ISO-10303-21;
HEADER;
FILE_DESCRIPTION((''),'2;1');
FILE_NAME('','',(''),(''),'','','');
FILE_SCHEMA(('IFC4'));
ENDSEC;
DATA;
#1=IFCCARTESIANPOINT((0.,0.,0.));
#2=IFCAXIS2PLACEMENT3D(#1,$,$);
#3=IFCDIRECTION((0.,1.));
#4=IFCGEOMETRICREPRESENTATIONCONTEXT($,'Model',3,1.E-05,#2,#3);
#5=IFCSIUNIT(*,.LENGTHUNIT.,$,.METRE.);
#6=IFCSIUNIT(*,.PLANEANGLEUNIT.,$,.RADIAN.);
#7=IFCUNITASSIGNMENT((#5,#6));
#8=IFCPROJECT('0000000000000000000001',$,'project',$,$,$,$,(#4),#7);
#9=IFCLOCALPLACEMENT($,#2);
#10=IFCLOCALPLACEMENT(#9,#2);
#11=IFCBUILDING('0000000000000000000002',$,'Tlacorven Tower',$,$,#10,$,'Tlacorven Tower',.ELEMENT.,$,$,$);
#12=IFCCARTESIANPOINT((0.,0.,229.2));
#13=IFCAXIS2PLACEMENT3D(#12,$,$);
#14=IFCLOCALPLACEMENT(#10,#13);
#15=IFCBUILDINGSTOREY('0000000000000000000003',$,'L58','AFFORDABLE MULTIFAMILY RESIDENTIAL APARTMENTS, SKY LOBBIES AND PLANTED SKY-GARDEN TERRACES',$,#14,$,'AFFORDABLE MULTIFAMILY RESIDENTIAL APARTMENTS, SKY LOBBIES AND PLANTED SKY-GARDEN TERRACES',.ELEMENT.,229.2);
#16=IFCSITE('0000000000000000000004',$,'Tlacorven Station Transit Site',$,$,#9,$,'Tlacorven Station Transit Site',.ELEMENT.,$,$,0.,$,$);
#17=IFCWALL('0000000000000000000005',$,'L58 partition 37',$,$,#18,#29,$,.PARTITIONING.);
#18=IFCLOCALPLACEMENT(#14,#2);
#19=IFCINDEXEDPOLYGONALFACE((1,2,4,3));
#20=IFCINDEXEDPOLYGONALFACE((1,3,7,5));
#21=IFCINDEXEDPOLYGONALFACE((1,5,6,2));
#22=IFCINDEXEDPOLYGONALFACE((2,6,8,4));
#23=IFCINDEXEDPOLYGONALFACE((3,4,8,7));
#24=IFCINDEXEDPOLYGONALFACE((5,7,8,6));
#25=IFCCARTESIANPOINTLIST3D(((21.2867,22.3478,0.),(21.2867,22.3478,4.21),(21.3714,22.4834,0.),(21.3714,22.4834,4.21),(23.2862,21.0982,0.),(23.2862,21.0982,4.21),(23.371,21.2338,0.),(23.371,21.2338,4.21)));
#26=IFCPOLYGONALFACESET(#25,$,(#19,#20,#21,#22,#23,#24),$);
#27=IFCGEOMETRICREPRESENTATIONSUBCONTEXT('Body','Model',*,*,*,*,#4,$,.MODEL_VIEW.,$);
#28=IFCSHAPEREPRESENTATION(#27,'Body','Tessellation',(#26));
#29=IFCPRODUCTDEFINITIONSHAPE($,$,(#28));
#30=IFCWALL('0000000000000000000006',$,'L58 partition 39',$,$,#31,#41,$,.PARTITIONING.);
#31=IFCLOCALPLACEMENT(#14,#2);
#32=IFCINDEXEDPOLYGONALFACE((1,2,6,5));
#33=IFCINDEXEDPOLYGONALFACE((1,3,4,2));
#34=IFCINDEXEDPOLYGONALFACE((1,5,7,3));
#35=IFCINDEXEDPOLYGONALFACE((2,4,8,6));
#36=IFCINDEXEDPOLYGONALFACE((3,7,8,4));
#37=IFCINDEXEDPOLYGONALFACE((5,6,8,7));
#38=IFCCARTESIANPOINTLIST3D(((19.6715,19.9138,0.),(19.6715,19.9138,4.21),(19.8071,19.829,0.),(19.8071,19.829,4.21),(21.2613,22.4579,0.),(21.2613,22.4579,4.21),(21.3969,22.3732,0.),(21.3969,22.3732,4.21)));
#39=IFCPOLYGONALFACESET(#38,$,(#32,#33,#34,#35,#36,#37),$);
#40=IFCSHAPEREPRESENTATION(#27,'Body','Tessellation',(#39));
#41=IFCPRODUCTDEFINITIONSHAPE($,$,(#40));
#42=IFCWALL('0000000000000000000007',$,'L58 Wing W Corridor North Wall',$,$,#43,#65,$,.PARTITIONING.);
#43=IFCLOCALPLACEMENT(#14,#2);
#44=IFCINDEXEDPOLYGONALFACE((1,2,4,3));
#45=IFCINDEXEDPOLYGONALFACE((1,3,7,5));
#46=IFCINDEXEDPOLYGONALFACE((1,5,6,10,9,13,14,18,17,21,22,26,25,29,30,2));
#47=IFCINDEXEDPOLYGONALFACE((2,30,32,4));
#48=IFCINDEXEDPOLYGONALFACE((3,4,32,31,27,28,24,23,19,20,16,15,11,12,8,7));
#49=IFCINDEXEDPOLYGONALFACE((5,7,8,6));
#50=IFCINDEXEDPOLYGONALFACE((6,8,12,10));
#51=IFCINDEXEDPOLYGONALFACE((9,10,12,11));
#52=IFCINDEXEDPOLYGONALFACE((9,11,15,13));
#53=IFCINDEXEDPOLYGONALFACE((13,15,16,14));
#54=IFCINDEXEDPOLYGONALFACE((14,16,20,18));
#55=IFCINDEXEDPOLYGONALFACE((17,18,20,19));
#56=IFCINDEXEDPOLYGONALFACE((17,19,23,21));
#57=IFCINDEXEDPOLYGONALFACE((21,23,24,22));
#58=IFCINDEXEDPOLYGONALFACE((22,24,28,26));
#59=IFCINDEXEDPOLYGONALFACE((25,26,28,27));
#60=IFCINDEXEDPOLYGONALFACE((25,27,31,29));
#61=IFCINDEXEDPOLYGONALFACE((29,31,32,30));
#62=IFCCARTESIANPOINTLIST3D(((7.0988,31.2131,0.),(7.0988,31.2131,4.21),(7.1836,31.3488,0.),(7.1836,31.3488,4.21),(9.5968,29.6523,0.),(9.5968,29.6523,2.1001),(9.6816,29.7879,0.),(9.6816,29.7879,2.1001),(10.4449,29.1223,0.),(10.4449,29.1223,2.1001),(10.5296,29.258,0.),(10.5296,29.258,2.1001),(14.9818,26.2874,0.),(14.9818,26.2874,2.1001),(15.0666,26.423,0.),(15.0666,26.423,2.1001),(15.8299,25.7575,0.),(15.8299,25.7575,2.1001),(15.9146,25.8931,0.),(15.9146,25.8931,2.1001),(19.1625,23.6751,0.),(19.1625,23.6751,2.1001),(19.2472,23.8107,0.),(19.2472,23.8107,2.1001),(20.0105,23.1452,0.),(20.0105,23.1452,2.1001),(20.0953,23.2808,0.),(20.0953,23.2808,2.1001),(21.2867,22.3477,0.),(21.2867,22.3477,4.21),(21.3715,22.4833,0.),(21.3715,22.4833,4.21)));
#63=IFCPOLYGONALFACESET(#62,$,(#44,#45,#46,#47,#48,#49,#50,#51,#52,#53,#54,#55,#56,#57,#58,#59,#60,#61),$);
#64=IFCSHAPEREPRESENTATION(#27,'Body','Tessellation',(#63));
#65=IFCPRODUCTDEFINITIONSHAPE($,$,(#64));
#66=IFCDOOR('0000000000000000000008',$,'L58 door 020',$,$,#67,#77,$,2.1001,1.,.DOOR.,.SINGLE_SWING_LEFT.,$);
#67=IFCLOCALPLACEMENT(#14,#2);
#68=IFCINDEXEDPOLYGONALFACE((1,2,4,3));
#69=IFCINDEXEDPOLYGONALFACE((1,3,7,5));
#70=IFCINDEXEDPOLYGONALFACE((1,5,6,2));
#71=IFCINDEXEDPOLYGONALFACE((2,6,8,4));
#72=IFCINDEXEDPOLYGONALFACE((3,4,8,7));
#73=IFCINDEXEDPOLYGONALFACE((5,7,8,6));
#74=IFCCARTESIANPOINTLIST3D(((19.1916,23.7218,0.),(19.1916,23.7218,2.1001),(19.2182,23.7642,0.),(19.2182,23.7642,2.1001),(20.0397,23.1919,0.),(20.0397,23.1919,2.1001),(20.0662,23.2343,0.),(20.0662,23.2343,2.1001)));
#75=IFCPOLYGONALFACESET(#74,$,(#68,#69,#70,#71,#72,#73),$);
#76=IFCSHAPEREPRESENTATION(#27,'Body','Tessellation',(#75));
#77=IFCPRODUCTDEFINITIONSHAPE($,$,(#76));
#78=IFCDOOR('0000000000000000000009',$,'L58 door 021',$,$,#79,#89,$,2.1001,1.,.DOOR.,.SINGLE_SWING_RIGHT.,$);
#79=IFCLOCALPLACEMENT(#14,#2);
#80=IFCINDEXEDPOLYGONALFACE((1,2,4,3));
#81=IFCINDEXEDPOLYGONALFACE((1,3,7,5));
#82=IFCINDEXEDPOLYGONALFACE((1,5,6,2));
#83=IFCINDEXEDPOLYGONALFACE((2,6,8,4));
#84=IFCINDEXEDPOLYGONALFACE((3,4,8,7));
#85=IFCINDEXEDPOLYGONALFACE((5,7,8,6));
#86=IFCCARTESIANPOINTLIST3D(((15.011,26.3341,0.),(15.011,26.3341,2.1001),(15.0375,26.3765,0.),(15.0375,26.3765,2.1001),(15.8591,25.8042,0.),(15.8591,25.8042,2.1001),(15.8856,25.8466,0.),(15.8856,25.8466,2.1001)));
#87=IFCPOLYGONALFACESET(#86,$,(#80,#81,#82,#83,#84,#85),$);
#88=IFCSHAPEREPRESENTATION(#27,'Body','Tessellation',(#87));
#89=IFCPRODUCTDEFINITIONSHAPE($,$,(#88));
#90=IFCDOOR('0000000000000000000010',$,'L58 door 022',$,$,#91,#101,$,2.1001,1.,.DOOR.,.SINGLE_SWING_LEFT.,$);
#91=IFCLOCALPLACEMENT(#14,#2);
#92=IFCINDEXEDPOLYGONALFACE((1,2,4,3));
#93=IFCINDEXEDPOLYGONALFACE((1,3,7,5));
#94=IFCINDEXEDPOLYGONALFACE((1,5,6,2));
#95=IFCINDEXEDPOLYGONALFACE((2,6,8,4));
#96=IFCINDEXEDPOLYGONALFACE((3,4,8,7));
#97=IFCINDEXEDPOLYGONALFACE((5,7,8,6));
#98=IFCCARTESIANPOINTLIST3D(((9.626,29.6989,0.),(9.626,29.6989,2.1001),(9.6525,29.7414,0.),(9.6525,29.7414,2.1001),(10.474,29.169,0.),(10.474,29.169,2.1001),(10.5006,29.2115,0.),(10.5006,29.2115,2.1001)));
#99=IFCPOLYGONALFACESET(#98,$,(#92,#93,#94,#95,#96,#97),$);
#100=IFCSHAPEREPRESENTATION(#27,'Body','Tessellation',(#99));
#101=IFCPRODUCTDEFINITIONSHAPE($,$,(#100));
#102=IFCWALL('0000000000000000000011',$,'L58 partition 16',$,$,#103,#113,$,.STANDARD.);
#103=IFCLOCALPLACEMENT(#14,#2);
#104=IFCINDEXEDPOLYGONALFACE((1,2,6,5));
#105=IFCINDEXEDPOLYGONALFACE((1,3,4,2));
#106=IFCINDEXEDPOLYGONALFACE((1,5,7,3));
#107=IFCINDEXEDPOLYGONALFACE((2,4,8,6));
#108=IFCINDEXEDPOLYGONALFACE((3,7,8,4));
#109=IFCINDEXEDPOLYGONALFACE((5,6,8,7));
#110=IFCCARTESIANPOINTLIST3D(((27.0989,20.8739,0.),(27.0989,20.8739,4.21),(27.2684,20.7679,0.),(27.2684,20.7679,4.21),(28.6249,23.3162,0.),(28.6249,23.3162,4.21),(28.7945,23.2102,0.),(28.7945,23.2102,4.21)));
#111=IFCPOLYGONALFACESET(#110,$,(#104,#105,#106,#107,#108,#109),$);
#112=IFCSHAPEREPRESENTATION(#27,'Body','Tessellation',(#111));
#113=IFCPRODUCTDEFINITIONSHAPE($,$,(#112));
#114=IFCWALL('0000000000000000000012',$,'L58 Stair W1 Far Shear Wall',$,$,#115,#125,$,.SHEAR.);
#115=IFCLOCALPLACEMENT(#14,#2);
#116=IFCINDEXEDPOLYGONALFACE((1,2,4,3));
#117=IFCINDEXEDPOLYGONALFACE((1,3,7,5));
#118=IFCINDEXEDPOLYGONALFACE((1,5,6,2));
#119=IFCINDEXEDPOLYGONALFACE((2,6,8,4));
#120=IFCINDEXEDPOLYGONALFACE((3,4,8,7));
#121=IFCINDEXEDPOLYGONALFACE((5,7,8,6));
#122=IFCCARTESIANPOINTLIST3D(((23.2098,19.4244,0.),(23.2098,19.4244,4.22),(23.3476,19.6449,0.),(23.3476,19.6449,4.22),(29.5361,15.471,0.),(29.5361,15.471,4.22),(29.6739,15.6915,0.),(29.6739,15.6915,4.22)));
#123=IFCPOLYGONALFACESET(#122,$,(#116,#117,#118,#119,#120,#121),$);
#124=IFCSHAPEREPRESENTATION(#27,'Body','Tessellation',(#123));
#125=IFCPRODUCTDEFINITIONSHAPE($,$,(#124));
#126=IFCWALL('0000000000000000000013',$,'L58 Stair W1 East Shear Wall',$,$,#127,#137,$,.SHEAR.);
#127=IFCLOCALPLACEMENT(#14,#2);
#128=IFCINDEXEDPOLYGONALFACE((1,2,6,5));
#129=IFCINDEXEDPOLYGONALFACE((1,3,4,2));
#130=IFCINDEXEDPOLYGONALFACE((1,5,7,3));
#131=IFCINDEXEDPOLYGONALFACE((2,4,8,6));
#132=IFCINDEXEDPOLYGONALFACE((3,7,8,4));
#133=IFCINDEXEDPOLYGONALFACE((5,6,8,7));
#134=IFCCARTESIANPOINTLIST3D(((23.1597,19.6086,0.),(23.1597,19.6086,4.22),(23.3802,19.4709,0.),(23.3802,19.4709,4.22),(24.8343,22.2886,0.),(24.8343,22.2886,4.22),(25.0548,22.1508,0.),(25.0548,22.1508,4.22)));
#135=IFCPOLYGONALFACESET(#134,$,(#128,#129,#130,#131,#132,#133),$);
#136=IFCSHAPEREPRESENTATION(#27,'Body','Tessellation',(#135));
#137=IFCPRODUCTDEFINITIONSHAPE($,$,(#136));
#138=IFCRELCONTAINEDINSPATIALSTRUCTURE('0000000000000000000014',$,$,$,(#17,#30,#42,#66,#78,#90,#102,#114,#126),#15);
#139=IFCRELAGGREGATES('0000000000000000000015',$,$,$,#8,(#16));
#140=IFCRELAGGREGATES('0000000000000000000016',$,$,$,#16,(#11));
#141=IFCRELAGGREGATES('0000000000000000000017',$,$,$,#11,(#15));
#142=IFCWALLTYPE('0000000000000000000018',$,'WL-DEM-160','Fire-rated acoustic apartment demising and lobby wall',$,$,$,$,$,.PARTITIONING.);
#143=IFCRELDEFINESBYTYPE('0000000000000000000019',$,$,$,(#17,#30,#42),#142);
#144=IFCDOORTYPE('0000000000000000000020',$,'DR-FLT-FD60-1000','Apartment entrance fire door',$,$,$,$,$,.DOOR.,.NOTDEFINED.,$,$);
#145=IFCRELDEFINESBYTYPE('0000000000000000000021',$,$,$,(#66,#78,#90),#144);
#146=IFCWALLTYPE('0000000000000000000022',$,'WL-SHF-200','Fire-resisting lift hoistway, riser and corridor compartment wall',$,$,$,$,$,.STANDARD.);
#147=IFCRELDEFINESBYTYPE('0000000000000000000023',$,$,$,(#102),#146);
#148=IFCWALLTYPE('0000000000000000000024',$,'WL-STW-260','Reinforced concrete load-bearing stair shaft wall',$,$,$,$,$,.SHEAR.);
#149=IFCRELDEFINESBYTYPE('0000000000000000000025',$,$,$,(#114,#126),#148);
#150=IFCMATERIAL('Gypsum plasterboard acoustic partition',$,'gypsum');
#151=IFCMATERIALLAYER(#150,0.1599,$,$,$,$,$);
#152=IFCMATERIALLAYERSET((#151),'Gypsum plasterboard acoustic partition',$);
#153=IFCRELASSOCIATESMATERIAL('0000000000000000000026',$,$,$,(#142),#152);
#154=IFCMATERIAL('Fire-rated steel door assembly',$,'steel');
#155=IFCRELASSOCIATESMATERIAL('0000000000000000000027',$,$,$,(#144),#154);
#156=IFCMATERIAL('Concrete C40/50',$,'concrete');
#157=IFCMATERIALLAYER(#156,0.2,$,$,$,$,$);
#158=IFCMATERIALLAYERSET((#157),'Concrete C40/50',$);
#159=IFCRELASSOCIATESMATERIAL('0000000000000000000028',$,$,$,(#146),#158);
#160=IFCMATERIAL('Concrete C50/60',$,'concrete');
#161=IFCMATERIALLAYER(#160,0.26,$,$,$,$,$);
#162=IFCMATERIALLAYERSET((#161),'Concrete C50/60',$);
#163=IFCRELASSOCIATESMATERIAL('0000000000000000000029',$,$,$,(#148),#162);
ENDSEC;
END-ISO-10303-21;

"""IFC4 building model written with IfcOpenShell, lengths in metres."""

from ifc_helpers import new_model, si_unit, direction, frame, frame_2d, origin, place, context, subcontext, project, spatial, rectangle, extrude, source, transform, mapped, material, layer, layer_set, type_object, element, fill, save


model = new_model("IFC4")

# Units and contexts
model_context = context("Model", 3, precision=1e-05, world=origin(), true_north=direction((0.0, 1.0)))
body_context = subcontext(model_context, "Body", "Model", "MODEL_VIEW")
ifc_project = project(units=[si_unit("LENGTHUNIT", "METRE"), si_unit("PLANEANGLEUNIT", "RADIAN")], contexts=[model_context])

# Site, building, storey
site_placement = place(None, origin())
site = spatial("IfcSite", under=ifc_project, at=site_placement, Name="Tlacorven Station Transit Site", LongName="Tlacorven Station Transit Site", CompositionType="ELEMENT", RefElevation=0.0)
building_placement = place(site_placement, origin())
building = spatial("IfcBuilding", under=site, at=building_placement, Name="Tlacorven Tower", LongName="Tlacorven Tower", CompositionType="ELEMENT")
storey_placement = place(building_placement, frame((0.0, 0.0, 229.2)))
storey = spatial("IfcBuildingStorey", under=building, at=storey_placement, Name="L58", Description="AFFORDABLE MULTIFAMILY RESIDENTIAL APARTMENTS, SKY LOBBIES AND PLANTED SKY-GARDEN TERRACES", LongName="AFFORDABLE MULTIFAMILY RESIDENTIAL APARTMENTS, SKY LOBBIES AND PLANTED SKY-GARDEN TERRACES", CompositionType="ELEMENT", Elevation=229.2)

# Walls
ifc_material_1 = material(Name="Gypsum plasterboard acoustic partition", Category="gypsum")
ifc_layer_1 = layer(ifc_material_1, 0.1599)
ifc_layer_set_1 = layer_set([ifc_layer_1], Name="Gypsum plasterboard acoustic partition")
wall_type_1 = type_object("IfcWallType", Name="WL-DEM-160", Description="Fire-rated acoustic apartment demising and lobby wall", PredefinedType="PARTITIONING", material=ifc_layer_set_1)
wall_1_placement = place(storey_placement, frame((23.3286, 21.166, 0.0), z_axis=(0.0, 0.0, 1.0), x_axis=(-0.848033, 0.529943, 0.0)))
element("IfcWall", 1, at=wall_1_placement, inside=storey, type_object=wall_type_1, Name="L58 partition 37", PredefinedType="PARTITIONING", context=body_context, shape_type="SweptSolid", body=[
    extrude(rectangle(XDim=2.3579, YDim=0.1599, at=frame_2d((1.179, 0.0))), origin(), (0.0, 0.0, 1.0), 4.21),
])
wall_2_placement = place(storey_placement, frame((21.3291, 22.4155, 0.0), z_axis=(0.0, 0.0, 1.0), x_axis=(-0.529933, -0.848039, 0.0)))
element("IfcWall", 2, at=wall_2_placement, inside=storey, type_object=wall_type_1, Name="L58 partition 39", PredefinedType="PARTITIONING", context=body_context, shape_type="SweptSolid", body=[
    extrude(rectangle(XDim=3.0, YDim=0.1599, at=frame_2d((1.5, 0.0))), origin(), (0.0, 0.0, 1.0), 4.21),
])

# Wall, openings, doors
wall_3_placement = place(storey_placement, frame((21.3291, 22.4155, 0.0), z_axis=(0.0, 0.0, 1.0), x_axis=(-0.848052, 0.529912, 0.0)))
wall_3 = element("IfcWall", 3, at=wall_3_placement, inside=storey, type_object=wall_type_1, Name="L58 Wing W Corridor North Wall", PredefinedType="PARTITIONING", context=body_context, shape_type="SweptSolid", body=[
    extrude(rectangle(XDim=16.73, YDim=0.1599, at=frame_2d((8.365, 0.0))), origin(), (0.0, 0.0, 1.0), 4.21),
])
opening_1_placement = place(wall_3_placement, frame((1.5049, 0.0, 0.0)))
opening_1 = element("IfcOpeningElement", 4, at=opening_1_placement, cuts=wall_3, PredefinedType="OPENING", context=body_context, shape_type="SweptSolid", body=[
    extrude(rectangle(XDim=1.0, YDim=2.1001, at=frame_2d((0.5, 1.05))), frame((0.0, 0.0898, 0.0), z_axis=(0.0, -1.0, 0.0), x_axis=(1.0, 0.0, 0.0)), (0.0, 0.0, 1.0), 0.1799),
])
opening_2_placement = place(wall_3_placement, frame((6.4346, 0.0, 0.0)))
opening_2 = element("IfcOpeningElement", 5, at=opening_2_placement, cuts=wall_3, PredefinedType="OPENING", context=body_context, shape_type="SweptSolid", body=[
    extrude(rectangle(XDim=1.0, YDim=2.1001, at=frame_2d((0.5, 1.05))), frame((0.0, 0.0898, 0.0), z_axis=(0.0, -1.0, 0.0), x_axis=(1.0, 0.0, 0.0)), (0.0, 0.0, 1.0), 0.1799),
])
opening_3_placement = place(wall_3_placement, frame((12.7844, 0.0, 0.0)))
opening_3 = element("IfcOpeningElement", 6, at=opening_3_placement, cuts=wall_3, PredefinedType="OPENING", context=body_context, shape_type="SweptSolid", body=[
    extrude(rectangle(XDim=1.0, YDim=2.1001, at=frame_2d((0.5, 1.05))), frame((0.0, 0.0898, 0.0), z_axis=(0.0, -1.0, 0.0), x_axis=(1.0, 0.0, 0.0)), (0.0, 0.0, 1.0), 0.1799),
])
ifc_material_2 = material(Name="Fire-rated steel door assembly", Category="steel")
door_type = type_object("IfcDoorType", Name="DR-FLT-FD60-1000", Description="Apartment entrance fire door", OperationType="NOTDEFINED", PredefinedType="DOOR", material=ifc_material_2)
shared_shape_1 = source(origin(), body_context, "Body", "SweptSolid", [
    extrude(rectangle(XDim=1.0, YDim=2.1001, at=frame_2d((0.5, 1.05))), frame((0.0, 0.0249, 0.0), z_axis=(0.0, -1.0, 0.0), x_axis=(1.0, 0.0, 0.0)), (0.0, 0.0, 1.0), 0.05),
])
door_1_placement = place(opening_1_placement, origin())
door_1 = element("IfcDoor", 7, at=door_1_placement, inside=storey, type_object=door_type, Name="L58 door 020", OperationType="SINGLE_SWING_LEFT", OverallHeight=2.1001, OverallWidth=1.0, PredefinedType="DOOR", context=body_context, shape_type="MappedRepresentation", body=[
    mapped(shared_shape_1, transform((0.0, 0.0, 0.0), scale=1.0)),
])
fill(opening_1, door_1)
door_2_placement = place(opening_2_placement, origin())
door_2 = element("IfcDoor", 8, at=door_2_placement, inside=storey, type_object=door_type, Name="L58 door 021", OperationType="SINGLE_SWING_RIGHT", OverallHeight=2.1001, OverallWidth=1.0, PredefinedType="DOOR", context=body_context, shape_type="MappedRepresentation", body=[
    mapped(shared_shape_1, transform((0.0, 0.0, 0.0), scale=1.0)),
])
fill(opening_2, door_2)
door_3_placement = place(opening_3_placement, origin())
door_3 = element("IfcDoor", 9, at=door_3_placement, inside=storey, type_object=door_type, Name="L58 door 022", OperationType="SINGLE_SWING_LEFT", OverallHeight=2.1001, OverallWidth=1.0, PredefinedType="DOOR", context=body_context, shape_type="MappedRepresentation", body=[
    mapped(shared_shape_1, transform((0.0, 0.0, 0.0), scale=1.0)),
])
fill(opening_3, door_3)

# Walls
ifc_material_3 = material(Name="Concrete C40/50", Category="concrete")
ifc_layer_2 = layer(ifc_material_3, 0.2)
ifc_layer_set_2 = layer_set([ifc_layer_2], Name="Concrete C40/50")
wall_type_2 = type_object("IfcWallType", Name="WL-SHF-200", Description="Fire-resisting lift hoistway, riser and corridor compartment wall", PredefinedType="STANDARD", material=ifc_layer_set_2)
wall_4_placement = place(storey_placement, frame((28.7097, 23.2632, 0.0), z_axis=(0.0, 0.0, 1.0), x_axis=(-0.529907, -0.848055, 0.0)))
element("IfcWall", 10, at=wall_4_placement, inside=storey, type_object=wall_type_2, Name="L58 partition 16", PredefinedType="STANDARD", context=body_context, shape_type="SweptSolid", body=[
    extrude(rectangle(XDim=2.8799, YDim=0.2, at=frame_2d((1.4399, 0.0))), origin(), (0.0, 0.0, 1.0), 4.21),
])
ifc_material_4 = material(Name="Concrete C50/60", Category="concrete")
ifc_layer_3 = layer(ifc_material_4, 0.26)
ifc_layer_set_3 = layer_set([ifc_layer_3], Name="Concrete C50/60")
wall_type_3 = type_object("IfcWallType", Name="WL-STW-260", Description="Reinforced concrete load-bearing stair shaft wall", PredefinedType="SHEAR", material=ifc_layer_set_3)
wall_5_placement = place(storey_placement, frame((29.605, 15.5813, 0.0), z_axis=(0.0, 0.0, 1.0), x_axis=(-0.848037, 0.529937, 0.0)))
element("IfcWall", 11, at=wall_5_placement, inside=storey, type_object=wall_type_3, Name="L58 Stair W1 Far Shear Wall", PredefinedType="SHEAR", context=body_context, shape_type="SweptSolid", body=[
    extrude(rectangle(XDim=7.46, YDim=0.26, at=frame_2d((3.73, 0.0))), origin(), (0.0, 0.0, 1.0), 4.22),
])
wall_6_placement = place(storey_placement, frame((24.9446, 22.2197, 0.0), z_axis=(0.0, 0.0, 1.0), x_axis=(-0.529909, -0.848055, 0.0)))
element("IfcWall", 12, at=wall_6_placement, inside=storey, type_object=wall_type_3, Name="L58 Stair W1 East Shear Wall", PredefinedType="SHEAR", context=body_context, shape_type="SweptSolid", body=[
    extrude(rectangle(XDim=3.1602, YDim=0.26, at=frame_2d((1.5801, 0.0))), origin(), (0.0, 0.0, 1.0), 4.22),
])

save(model, "model.ifc")
